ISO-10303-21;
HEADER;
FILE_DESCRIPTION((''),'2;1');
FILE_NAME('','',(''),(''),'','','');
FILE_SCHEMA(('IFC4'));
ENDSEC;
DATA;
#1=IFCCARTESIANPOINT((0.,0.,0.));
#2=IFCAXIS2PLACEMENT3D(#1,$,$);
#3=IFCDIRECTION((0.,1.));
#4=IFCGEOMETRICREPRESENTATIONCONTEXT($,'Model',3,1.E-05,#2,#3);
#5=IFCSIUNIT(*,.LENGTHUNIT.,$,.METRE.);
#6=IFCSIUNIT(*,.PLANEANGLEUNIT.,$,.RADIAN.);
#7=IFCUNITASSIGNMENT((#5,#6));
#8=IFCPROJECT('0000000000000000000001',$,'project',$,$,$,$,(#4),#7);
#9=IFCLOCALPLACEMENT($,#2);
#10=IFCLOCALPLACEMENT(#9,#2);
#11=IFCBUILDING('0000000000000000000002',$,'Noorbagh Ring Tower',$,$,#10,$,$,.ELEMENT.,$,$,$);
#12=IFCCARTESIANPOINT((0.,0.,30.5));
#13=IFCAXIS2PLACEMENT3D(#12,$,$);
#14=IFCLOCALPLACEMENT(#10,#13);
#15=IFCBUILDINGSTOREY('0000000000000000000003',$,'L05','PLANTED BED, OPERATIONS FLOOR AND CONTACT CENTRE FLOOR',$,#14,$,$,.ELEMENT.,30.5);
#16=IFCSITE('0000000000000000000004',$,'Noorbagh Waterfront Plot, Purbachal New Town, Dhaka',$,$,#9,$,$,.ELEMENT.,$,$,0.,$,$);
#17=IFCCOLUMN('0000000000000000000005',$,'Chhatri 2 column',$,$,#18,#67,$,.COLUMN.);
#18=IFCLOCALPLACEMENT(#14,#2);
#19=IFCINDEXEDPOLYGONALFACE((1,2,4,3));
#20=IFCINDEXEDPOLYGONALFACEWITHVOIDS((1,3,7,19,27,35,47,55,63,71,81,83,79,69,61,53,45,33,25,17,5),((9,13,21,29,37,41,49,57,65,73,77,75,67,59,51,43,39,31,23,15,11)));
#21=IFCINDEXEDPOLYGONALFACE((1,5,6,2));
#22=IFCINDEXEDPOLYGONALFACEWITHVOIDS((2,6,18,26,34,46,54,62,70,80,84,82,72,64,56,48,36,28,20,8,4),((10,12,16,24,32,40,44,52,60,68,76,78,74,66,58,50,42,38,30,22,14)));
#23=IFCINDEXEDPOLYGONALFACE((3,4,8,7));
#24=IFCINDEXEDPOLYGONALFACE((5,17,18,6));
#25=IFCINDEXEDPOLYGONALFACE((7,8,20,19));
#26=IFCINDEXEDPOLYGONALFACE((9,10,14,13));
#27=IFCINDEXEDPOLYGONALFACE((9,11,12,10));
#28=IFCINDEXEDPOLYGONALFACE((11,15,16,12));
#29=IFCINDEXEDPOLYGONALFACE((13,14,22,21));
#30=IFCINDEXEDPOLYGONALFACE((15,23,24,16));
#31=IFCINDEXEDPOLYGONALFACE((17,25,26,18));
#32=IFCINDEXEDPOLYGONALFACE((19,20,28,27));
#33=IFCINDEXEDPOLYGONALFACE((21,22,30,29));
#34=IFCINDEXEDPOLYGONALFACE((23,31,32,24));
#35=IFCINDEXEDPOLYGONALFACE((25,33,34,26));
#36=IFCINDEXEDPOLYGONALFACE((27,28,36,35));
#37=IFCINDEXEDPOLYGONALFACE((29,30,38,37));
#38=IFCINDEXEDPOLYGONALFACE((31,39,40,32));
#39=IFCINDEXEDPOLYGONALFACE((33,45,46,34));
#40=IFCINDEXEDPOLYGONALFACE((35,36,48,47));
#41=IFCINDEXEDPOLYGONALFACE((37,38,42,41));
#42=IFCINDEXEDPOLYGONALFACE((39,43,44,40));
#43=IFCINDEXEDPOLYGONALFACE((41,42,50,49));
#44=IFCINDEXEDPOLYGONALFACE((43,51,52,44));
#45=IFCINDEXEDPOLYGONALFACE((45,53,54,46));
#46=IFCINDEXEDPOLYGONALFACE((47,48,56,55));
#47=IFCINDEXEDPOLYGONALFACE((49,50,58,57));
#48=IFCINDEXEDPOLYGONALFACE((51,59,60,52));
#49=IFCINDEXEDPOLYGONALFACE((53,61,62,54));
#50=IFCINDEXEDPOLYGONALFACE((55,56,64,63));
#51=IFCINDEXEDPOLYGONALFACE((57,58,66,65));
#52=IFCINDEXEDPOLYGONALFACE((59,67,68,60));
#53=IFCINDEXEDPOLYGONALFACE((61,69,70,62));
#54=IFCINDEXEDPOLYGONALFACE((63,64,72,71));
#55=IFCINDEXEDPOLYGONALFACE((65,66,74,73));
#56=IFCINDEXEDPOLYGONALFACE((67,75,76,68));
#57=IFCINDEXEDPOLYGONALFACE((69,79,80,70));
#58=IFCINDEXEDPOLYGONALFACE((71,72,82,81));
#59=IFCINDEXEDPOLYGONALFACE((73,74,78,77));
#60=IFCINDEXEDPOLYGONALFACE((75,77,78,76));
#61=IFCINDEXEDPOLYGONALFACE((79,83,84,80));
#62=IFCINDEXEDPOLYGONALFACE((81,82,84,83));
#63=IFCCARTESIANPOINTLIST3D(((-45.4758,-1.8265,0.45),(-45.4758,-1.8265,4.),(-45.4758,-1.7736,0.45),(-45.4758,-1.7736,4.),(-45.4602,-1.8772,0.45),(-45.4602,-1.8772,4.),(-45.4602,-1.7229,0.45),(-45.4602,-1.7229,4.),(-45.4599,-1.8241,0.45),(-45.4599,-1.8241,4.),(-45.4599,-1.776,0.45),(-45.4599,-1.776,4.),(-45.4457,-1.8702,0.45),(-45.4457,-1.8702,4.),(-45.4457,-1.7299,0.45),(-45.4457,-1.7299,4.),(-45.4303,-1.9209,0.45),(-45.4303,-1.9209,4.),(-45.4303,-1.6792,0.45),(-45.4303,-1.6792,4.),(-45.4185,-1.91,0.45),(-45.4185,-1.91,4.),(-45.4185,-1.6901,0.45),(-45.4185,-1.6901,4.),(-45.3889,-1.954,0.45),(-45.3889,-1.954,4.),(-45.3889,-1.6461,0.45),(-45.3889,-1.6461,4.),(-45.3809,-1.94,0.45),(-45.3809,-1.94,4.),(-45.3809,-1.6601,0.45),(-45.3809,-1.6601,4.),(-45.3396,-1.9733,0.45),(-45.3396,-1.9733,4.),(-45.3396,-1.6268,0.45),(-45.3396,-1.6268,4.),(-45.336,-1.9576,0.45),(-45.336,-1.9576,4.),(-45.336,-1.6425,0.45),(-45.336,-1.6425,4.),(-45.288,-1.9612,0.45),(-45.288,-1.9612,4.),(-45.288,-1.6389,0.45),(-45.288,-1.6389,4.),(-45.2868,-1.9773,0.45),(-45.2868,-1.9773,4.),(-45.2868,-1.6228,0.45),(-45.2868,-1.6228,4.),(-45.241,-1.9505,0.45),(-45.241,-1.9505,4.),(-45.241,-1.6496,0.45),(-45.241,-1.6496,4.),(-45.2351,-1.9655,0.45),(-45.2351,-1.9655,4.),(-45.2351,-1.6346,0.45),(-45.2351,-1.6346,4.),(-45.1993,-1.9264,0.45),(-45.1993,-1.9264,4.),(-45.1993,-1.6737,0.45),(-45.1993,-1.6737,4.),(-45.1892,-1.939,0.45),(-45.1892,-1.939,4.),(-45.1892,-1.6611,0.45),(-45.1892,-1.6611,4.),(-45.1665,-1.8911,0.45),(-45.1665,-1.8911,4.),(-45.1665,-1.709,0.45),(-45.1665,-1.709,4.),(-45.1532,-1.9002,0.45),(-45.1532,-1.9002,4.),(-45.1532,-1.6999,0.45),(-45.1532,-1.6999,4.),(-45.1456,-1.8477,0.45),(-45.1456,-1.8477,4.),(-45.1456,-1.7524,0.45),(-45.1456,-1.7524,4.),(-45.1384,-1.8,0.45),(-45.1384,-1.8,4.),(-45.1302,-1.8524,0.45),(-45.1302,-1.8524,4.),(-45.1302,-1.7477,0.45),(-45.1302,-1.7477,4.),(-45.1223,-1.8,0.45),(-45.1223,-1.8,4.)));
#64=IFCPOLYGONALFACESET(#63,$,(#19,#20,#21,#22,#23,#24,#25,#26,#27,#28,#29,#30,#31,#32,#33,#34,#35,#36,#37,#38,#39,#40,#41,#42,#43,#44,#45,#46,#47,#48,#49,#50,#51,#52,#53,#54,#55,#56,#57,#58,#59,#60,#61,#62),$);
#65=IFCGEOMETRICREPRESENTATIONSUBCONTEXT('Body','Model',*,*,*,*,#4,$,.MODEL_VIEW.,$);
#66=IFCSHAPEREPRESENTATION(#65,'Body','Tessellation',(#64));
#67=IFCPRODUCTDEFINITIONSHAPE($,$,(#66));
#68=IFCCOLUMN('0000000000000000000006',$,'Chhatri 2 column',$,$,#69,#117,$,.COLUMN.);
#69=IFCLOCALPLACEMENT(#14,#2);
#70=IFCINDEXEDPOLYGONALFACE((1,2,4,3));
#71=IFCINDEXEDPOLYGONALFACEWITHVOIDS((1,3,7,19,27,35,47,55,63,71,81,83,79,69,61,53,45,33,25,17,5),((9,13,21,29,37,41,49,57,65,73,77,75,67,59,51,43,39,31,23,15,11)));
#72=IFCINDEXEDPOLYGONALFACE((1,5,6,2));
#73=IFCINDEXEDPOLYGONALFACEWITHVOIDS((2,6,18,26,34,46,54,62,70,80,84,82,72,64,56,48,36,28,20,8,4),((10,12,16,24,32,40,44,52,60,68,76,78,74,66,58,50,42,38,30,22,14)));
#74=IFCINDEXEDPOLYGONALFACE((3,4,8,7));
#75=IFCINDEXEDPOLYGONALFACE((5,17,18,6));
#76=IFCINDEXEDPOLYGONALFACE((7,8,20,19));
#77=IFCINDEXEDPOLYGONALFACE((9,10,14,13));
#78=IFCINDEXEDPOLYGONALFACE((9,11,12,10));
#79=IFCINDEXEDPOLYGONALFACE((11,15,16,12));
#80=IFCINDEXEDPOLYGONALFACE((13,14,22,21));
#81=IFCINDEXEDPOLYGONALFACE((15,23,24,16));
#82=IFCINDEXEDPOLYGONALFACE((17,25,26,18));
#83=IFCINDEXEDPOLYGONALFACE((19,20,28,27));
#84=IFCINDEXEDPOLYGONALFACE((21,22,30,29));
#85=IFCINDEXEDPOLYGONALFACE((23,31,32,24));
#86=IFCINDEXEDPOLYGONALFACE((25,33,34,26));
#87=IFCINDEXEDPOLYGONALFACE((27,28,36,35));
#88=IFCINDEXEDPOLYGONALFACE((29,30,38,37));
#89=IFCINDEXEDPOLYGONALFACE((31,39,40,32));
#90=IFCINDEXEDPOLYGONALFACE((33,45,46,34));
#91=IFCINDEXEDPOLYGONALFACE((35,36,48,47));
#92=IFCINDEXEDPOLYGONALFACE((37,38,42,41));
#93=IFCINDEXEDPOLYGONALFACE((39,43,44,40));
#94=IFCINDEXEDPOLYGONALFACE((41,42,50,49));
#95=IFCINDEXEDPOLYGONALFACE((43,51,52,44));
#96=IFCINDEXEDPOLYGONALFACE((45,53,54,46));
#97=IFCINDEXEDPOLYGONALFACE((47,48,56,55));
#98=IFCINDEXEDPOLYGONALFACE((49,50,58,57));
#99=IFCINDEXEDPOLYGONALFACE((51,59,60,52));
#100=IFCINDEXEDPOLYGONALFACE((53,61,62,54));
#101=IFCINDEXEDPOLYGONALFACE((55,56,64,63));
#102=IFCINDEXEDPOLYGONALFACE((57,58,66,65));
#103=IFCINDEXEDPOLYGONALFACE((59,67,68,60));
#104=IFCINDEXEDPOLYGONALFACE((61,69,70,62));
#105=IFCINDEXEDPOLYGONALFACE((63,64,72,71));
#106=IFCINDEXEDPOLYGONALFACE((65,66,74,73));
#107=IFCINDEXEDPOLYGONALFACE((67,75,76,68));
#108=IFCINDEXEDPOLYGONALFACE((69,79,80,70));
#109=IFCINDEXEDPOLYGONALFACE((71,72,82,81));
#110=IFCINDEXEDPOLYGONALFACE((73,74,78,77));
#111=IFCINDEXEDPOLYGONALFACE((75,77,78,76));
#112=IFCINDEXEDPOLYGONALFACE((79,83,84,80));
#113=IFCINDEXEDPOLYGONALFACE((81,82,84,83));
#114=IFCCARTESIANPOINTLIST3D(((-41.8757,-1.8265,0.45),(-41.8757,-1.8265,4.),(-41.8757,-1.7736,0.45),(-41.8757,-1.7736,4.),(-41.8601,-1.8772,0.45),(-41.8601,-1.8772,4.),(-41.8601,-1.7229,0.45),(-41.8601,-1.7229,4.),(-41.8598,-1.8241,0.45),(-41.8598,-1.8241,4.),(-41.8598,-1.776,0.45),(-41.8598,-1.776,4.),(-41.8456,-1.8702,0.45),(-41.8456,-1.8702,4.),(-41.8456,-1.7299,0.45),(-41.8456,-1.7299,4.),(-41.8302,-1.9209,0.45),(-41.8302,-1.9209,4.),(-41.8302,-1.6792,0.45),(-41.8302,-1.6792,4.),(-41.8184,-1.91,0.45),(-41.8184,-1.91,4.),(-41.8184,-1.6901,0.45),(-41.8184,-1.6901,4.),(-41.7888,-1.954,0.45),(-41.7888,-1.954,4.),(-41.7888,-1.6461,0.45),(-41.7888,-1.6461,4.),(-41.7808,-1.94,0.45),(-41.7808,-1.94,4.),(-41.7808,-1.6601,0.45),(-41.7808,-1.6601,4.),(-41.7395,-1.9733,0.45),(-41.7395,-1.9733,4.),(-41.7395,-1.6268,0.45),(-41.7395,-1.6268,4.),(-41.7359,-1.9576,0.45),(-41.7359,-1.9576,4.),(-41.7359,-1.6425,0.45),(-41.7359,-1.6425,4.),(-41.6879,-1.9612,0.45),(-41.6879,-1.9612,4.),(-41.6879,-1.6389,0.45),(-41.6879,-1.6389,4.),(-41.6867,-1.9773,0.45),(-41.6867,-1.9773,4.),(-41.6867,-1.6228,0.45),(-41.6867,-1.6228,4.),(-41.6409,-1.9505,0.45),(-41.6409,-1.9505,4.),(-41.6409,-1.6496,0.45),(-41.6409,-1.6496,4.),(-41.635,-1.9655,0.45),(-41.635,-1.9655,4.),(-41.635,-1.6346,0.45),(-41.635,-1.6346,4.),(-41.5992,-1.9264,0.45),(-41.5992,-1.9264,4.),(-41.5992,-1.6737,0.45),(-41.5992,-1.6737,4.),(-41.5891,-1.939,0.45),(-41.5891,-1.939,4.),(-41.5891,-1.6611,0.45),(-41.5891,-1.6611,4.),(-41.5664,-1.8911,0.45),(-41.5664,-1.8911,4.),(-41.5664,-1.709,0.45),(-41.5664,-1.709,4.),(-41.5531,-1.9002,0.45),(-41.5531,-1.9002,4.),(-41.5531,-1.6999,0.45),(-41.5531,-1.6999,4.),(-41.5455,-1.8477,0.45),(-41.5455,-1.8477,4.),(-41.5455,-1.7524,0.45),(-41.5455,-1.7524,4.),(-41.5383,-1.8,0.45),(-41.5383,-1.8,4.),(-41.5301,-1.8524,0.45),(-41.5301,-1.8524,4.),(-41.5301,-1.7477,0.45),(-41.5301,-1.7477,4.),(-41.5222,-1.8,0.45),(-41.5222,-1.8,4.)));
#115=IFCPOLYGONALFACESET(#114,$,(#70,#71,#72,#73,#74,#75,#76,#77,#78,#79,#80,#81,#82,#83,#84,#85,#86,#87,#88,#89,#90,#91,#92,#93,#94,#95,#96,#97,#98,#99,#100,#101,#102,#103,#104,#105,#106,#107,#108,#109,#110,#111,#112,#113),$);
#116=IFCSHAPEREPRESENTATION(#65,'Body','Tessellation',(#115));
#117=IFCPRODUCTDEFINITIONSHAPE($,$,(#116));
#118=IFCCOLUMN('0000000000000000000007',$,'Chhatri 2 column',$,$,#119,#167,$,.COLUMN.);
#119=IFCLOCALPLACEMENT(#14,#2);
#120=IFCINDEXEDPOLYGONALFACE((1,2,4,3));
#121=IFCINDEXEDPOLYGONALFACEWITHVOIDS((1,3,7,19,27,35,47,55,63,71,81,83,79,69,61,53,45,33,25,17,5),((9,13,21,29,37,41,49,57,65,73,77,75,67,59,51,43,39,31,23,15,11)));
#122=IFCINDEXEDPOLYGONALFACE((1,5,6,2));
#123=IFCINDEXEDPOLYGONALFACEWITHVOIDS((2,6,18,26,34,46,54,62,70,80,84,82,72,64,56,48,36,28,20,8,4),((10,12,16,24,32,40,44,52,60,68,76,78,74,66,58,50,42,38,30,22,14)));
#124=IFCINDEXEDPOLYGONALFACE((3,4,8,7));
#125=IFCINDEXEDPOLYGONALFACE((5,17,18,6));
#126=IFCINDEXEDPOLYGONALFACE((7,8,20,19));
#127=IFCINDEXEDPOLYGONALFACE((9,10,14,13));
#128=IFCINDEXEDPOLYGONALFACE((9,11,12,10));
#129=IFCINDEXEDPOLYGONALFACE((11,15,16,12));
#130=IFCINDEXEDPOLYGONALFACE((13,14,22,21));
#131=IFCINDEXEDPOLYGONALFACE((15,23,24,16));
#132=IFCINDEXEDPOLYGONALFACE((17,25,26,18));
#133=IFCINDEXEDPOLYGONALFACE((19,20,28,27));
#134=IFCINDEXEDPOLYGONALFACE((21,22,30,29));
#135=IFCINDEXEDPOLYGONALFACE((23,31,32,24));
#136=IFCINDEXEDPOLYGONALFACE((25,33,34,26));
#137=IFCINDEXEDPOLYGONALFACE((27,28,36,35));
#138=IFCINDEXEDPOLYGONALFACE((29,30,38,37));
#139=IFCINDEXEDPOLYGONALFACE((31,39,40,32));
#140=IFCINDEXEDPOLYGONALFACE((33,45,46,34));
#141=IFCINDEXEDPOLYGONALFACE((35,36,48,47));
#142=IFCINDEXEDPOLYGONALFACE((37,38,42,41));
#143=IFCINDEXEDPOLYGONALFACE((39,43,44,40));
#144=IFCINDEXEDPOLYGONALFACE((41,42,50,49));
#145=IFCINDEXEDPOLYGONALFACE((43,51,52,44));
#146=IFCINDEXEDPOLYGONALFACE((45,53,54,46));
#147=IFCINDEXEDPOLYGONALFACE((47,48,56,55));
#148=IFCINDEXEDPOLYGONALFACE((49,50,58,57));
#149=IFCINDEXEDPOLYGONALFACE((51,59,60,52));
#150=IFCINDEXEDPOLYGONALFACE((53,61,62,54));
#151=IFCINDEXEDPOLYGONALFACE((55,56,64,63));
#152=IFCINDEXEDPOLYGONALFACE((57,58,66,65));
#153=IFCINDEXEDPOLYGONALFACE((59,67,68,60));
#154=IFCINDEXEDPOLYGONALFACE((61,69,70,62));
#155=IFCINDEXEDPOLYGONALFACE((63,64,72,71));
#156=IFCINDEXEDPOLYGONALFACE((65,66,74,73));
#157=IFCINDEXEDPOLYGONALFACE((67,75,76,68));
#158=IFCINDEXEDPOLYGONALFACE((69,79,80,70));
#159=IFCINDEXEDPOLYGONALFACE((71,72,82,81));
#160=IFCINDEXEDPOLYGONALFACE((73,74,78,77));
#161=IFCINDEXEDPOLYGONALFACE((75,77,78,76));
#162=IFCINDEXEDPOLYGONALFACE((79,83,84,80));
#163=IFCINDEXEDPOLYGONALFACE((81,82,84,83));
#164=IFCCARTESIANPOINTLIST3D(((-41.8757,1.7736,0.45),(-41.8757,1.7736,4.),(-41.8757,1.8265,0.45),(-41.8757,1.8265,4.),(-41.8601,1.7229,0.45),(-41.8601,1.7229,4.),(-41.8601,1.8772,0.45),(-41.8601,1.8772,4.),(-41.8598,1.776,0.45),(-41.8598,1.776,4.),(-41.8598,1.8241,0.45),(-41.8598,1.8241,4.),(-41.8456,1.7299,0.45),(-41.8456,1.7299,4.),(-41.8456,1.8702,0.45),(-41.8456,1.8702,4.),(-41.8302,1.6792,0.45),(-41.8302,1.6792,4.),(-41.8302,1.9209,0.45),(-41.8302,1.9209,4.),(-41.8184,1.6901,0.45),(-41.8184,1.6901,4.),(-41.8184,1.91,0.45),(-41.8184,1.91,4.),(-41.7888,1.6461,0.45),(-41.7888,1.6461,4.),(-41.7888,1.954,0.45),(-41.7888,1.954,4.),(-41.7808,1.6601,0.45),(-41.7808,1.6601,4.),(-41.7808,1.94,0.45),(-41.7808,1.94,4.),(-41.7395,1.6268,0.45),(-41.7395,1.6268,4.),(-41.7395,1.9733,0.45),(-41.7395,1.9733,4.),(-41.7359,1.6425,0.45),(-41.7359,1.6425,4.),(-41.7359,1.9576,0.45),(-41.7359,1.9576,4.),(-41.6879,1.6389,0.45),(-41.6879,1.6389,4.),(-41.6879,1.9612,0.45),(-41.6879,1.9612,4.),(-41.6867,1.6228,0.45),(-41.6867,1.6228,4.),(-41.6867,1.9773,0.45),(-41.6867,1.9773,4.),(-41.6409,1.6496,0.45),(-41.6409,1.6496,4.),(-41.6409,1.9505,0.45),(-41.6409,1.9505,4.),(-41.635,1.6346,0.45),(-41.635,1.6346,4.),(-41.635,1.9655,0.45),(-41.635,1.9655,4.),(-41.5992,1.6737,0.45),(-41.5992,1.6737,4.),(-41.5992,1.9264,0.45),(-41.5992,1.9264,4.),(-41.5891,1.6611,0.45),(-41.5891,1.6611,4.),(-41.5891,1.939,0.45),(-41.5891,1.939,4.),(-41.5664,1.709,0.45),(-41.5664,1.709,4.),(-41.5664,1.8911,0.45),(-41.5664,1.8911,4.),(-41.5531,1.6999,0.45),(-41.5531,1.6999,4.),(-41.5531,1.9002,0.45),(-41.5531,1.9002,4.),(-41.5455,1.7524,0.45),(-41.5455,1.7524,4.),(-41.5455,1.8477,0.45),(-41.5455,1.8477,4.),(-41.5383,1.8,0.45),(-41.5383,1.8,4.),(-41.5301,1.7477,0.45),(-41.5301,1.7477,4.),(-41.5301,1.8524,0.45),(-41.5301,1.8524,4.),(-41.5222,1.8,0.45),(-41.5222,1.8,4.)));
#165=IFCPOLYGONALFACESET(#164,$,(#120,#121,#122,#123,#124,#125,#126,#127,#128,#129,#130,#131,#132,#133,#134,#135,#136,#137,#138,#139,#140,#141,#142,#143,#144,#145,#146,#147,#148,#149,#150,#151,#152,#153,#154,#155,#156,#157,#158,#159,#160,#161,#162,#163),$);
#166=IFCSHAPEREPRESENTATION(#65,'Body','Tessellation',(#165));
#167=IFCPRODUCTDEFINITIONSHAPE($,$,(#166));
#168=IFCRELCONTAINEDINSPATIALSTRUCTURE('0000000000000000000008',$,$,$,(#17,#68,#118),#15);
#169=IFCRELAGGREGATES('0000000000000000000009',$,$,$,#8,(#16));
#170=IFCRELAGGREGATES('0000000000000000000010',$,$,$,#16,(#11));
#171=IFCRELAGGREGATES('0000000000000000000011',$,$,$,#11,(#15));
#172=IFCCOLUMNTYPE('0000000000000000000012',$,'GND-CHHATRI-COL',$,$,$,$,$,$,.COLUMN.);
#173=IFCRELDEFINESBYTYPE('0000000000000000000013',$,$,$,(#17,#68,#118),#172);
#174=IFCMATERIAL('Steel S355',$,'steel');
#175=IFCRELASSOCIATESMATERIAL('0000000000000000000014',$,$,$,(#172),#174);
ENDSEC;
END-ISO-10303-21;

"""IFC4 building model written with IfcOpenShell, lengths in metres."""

from ifc_helpers import new_model, si_unit, direction, frame, origin, origin_2d, place, context, subcontext, project, spatial, hollow_circle, extrude, material, material_profile, profile_set, type_object, element, save


model = new_model("IFC4")

# Units and contexts
model_context = context("Model", 3, precision=1e-05, world=origin(), true_north=direction((0.0, 1.0)))
body_context = subcontext(model_context, "Body", "Model", "MODEL_VIEW")
ifc_project = project(units=[si_unit("LENGTHUNIT", "METRE"), si_unit("PLANEANGLEUNIT", "RADIAN")], contexts=[model_context])

# Site, building, storey
site_placement = place(None, origin())
site = spatial("IfcSite", under=ifc_project, at=site_placement, Name="Noorbagh Waterfront Plot, Purbachal New Town, Dhaka", CompositionType="ELEMENT", RefElevation=0.0)
building_placement = place(site_placement, origin())
building = spatial("IfcBuilding", under=site, at=building_placement, Name="Noorbagh Ring Tower", CompositionType="ELEMENT")
storey_placement = place(building_placement, frame((0.0, 0.0, 30.5)))
storey = spatial("IfcBuildingStorey", under=building, at=storey_placement, Name="L05", Description="PLANTED BED, OPERATIONS FLOOR AND CONTACT CENTRE FLOOR", CompositionType="ELEMENT", Elevation=30.5)

# Columns
ifc_material_1 = material(Name="Steel S355", Category="steel")
ifc_material_profile_1 = material_profile(ifc_material_1, hollow_circle(Radius=0.1777, WallThickness=0.0161, at=origin_2d()), Name="CHS355.6x16")
ifc_profile_set_1 = profile_set([ifc_material_profile_1], Name="Steel S355")
column_type = type_object("IfcColumnType", Name="GND-CHHATRI-COL", PredefinedType="COLUMN", material=ifc_profile_set_1)
for number, where, z_axis, x_axis, name in (
    (1, (-45.3, -1.8, 0.45), (0.0, 0.0, 1.0), (1.0, 0.0, 0.0), "Chhatri 2 column"),
    (2, (-41.7, -1.8, 0.45), (0.0, 0.0, 1.0), (1.0, 0.0, 0.0), "Chhatri 2 column"),
    (3, (-41.7, 1.8, 0.45), (0.0, 0.0, 1.0), (1.0, 0.0, 0.0), "Chhatri 2 column"),
):
    element("IfcColumn", number, at=place(storey_placement, frame(where, z_axis=z_axis, x_axis=x_axis)), inside=storey, type_object=column_type, Name=name, PredefinedType="COLUMN", context=body_context, shape_type="SweptSolid", body=[
        extrude(hollow_circle(Radius=0.1777, WallThickness=0.0161, at=origin_2d()), origin(), (0.0, 0.0, 1.0), 3.55),
    ])

save(model, "model.ifc")
